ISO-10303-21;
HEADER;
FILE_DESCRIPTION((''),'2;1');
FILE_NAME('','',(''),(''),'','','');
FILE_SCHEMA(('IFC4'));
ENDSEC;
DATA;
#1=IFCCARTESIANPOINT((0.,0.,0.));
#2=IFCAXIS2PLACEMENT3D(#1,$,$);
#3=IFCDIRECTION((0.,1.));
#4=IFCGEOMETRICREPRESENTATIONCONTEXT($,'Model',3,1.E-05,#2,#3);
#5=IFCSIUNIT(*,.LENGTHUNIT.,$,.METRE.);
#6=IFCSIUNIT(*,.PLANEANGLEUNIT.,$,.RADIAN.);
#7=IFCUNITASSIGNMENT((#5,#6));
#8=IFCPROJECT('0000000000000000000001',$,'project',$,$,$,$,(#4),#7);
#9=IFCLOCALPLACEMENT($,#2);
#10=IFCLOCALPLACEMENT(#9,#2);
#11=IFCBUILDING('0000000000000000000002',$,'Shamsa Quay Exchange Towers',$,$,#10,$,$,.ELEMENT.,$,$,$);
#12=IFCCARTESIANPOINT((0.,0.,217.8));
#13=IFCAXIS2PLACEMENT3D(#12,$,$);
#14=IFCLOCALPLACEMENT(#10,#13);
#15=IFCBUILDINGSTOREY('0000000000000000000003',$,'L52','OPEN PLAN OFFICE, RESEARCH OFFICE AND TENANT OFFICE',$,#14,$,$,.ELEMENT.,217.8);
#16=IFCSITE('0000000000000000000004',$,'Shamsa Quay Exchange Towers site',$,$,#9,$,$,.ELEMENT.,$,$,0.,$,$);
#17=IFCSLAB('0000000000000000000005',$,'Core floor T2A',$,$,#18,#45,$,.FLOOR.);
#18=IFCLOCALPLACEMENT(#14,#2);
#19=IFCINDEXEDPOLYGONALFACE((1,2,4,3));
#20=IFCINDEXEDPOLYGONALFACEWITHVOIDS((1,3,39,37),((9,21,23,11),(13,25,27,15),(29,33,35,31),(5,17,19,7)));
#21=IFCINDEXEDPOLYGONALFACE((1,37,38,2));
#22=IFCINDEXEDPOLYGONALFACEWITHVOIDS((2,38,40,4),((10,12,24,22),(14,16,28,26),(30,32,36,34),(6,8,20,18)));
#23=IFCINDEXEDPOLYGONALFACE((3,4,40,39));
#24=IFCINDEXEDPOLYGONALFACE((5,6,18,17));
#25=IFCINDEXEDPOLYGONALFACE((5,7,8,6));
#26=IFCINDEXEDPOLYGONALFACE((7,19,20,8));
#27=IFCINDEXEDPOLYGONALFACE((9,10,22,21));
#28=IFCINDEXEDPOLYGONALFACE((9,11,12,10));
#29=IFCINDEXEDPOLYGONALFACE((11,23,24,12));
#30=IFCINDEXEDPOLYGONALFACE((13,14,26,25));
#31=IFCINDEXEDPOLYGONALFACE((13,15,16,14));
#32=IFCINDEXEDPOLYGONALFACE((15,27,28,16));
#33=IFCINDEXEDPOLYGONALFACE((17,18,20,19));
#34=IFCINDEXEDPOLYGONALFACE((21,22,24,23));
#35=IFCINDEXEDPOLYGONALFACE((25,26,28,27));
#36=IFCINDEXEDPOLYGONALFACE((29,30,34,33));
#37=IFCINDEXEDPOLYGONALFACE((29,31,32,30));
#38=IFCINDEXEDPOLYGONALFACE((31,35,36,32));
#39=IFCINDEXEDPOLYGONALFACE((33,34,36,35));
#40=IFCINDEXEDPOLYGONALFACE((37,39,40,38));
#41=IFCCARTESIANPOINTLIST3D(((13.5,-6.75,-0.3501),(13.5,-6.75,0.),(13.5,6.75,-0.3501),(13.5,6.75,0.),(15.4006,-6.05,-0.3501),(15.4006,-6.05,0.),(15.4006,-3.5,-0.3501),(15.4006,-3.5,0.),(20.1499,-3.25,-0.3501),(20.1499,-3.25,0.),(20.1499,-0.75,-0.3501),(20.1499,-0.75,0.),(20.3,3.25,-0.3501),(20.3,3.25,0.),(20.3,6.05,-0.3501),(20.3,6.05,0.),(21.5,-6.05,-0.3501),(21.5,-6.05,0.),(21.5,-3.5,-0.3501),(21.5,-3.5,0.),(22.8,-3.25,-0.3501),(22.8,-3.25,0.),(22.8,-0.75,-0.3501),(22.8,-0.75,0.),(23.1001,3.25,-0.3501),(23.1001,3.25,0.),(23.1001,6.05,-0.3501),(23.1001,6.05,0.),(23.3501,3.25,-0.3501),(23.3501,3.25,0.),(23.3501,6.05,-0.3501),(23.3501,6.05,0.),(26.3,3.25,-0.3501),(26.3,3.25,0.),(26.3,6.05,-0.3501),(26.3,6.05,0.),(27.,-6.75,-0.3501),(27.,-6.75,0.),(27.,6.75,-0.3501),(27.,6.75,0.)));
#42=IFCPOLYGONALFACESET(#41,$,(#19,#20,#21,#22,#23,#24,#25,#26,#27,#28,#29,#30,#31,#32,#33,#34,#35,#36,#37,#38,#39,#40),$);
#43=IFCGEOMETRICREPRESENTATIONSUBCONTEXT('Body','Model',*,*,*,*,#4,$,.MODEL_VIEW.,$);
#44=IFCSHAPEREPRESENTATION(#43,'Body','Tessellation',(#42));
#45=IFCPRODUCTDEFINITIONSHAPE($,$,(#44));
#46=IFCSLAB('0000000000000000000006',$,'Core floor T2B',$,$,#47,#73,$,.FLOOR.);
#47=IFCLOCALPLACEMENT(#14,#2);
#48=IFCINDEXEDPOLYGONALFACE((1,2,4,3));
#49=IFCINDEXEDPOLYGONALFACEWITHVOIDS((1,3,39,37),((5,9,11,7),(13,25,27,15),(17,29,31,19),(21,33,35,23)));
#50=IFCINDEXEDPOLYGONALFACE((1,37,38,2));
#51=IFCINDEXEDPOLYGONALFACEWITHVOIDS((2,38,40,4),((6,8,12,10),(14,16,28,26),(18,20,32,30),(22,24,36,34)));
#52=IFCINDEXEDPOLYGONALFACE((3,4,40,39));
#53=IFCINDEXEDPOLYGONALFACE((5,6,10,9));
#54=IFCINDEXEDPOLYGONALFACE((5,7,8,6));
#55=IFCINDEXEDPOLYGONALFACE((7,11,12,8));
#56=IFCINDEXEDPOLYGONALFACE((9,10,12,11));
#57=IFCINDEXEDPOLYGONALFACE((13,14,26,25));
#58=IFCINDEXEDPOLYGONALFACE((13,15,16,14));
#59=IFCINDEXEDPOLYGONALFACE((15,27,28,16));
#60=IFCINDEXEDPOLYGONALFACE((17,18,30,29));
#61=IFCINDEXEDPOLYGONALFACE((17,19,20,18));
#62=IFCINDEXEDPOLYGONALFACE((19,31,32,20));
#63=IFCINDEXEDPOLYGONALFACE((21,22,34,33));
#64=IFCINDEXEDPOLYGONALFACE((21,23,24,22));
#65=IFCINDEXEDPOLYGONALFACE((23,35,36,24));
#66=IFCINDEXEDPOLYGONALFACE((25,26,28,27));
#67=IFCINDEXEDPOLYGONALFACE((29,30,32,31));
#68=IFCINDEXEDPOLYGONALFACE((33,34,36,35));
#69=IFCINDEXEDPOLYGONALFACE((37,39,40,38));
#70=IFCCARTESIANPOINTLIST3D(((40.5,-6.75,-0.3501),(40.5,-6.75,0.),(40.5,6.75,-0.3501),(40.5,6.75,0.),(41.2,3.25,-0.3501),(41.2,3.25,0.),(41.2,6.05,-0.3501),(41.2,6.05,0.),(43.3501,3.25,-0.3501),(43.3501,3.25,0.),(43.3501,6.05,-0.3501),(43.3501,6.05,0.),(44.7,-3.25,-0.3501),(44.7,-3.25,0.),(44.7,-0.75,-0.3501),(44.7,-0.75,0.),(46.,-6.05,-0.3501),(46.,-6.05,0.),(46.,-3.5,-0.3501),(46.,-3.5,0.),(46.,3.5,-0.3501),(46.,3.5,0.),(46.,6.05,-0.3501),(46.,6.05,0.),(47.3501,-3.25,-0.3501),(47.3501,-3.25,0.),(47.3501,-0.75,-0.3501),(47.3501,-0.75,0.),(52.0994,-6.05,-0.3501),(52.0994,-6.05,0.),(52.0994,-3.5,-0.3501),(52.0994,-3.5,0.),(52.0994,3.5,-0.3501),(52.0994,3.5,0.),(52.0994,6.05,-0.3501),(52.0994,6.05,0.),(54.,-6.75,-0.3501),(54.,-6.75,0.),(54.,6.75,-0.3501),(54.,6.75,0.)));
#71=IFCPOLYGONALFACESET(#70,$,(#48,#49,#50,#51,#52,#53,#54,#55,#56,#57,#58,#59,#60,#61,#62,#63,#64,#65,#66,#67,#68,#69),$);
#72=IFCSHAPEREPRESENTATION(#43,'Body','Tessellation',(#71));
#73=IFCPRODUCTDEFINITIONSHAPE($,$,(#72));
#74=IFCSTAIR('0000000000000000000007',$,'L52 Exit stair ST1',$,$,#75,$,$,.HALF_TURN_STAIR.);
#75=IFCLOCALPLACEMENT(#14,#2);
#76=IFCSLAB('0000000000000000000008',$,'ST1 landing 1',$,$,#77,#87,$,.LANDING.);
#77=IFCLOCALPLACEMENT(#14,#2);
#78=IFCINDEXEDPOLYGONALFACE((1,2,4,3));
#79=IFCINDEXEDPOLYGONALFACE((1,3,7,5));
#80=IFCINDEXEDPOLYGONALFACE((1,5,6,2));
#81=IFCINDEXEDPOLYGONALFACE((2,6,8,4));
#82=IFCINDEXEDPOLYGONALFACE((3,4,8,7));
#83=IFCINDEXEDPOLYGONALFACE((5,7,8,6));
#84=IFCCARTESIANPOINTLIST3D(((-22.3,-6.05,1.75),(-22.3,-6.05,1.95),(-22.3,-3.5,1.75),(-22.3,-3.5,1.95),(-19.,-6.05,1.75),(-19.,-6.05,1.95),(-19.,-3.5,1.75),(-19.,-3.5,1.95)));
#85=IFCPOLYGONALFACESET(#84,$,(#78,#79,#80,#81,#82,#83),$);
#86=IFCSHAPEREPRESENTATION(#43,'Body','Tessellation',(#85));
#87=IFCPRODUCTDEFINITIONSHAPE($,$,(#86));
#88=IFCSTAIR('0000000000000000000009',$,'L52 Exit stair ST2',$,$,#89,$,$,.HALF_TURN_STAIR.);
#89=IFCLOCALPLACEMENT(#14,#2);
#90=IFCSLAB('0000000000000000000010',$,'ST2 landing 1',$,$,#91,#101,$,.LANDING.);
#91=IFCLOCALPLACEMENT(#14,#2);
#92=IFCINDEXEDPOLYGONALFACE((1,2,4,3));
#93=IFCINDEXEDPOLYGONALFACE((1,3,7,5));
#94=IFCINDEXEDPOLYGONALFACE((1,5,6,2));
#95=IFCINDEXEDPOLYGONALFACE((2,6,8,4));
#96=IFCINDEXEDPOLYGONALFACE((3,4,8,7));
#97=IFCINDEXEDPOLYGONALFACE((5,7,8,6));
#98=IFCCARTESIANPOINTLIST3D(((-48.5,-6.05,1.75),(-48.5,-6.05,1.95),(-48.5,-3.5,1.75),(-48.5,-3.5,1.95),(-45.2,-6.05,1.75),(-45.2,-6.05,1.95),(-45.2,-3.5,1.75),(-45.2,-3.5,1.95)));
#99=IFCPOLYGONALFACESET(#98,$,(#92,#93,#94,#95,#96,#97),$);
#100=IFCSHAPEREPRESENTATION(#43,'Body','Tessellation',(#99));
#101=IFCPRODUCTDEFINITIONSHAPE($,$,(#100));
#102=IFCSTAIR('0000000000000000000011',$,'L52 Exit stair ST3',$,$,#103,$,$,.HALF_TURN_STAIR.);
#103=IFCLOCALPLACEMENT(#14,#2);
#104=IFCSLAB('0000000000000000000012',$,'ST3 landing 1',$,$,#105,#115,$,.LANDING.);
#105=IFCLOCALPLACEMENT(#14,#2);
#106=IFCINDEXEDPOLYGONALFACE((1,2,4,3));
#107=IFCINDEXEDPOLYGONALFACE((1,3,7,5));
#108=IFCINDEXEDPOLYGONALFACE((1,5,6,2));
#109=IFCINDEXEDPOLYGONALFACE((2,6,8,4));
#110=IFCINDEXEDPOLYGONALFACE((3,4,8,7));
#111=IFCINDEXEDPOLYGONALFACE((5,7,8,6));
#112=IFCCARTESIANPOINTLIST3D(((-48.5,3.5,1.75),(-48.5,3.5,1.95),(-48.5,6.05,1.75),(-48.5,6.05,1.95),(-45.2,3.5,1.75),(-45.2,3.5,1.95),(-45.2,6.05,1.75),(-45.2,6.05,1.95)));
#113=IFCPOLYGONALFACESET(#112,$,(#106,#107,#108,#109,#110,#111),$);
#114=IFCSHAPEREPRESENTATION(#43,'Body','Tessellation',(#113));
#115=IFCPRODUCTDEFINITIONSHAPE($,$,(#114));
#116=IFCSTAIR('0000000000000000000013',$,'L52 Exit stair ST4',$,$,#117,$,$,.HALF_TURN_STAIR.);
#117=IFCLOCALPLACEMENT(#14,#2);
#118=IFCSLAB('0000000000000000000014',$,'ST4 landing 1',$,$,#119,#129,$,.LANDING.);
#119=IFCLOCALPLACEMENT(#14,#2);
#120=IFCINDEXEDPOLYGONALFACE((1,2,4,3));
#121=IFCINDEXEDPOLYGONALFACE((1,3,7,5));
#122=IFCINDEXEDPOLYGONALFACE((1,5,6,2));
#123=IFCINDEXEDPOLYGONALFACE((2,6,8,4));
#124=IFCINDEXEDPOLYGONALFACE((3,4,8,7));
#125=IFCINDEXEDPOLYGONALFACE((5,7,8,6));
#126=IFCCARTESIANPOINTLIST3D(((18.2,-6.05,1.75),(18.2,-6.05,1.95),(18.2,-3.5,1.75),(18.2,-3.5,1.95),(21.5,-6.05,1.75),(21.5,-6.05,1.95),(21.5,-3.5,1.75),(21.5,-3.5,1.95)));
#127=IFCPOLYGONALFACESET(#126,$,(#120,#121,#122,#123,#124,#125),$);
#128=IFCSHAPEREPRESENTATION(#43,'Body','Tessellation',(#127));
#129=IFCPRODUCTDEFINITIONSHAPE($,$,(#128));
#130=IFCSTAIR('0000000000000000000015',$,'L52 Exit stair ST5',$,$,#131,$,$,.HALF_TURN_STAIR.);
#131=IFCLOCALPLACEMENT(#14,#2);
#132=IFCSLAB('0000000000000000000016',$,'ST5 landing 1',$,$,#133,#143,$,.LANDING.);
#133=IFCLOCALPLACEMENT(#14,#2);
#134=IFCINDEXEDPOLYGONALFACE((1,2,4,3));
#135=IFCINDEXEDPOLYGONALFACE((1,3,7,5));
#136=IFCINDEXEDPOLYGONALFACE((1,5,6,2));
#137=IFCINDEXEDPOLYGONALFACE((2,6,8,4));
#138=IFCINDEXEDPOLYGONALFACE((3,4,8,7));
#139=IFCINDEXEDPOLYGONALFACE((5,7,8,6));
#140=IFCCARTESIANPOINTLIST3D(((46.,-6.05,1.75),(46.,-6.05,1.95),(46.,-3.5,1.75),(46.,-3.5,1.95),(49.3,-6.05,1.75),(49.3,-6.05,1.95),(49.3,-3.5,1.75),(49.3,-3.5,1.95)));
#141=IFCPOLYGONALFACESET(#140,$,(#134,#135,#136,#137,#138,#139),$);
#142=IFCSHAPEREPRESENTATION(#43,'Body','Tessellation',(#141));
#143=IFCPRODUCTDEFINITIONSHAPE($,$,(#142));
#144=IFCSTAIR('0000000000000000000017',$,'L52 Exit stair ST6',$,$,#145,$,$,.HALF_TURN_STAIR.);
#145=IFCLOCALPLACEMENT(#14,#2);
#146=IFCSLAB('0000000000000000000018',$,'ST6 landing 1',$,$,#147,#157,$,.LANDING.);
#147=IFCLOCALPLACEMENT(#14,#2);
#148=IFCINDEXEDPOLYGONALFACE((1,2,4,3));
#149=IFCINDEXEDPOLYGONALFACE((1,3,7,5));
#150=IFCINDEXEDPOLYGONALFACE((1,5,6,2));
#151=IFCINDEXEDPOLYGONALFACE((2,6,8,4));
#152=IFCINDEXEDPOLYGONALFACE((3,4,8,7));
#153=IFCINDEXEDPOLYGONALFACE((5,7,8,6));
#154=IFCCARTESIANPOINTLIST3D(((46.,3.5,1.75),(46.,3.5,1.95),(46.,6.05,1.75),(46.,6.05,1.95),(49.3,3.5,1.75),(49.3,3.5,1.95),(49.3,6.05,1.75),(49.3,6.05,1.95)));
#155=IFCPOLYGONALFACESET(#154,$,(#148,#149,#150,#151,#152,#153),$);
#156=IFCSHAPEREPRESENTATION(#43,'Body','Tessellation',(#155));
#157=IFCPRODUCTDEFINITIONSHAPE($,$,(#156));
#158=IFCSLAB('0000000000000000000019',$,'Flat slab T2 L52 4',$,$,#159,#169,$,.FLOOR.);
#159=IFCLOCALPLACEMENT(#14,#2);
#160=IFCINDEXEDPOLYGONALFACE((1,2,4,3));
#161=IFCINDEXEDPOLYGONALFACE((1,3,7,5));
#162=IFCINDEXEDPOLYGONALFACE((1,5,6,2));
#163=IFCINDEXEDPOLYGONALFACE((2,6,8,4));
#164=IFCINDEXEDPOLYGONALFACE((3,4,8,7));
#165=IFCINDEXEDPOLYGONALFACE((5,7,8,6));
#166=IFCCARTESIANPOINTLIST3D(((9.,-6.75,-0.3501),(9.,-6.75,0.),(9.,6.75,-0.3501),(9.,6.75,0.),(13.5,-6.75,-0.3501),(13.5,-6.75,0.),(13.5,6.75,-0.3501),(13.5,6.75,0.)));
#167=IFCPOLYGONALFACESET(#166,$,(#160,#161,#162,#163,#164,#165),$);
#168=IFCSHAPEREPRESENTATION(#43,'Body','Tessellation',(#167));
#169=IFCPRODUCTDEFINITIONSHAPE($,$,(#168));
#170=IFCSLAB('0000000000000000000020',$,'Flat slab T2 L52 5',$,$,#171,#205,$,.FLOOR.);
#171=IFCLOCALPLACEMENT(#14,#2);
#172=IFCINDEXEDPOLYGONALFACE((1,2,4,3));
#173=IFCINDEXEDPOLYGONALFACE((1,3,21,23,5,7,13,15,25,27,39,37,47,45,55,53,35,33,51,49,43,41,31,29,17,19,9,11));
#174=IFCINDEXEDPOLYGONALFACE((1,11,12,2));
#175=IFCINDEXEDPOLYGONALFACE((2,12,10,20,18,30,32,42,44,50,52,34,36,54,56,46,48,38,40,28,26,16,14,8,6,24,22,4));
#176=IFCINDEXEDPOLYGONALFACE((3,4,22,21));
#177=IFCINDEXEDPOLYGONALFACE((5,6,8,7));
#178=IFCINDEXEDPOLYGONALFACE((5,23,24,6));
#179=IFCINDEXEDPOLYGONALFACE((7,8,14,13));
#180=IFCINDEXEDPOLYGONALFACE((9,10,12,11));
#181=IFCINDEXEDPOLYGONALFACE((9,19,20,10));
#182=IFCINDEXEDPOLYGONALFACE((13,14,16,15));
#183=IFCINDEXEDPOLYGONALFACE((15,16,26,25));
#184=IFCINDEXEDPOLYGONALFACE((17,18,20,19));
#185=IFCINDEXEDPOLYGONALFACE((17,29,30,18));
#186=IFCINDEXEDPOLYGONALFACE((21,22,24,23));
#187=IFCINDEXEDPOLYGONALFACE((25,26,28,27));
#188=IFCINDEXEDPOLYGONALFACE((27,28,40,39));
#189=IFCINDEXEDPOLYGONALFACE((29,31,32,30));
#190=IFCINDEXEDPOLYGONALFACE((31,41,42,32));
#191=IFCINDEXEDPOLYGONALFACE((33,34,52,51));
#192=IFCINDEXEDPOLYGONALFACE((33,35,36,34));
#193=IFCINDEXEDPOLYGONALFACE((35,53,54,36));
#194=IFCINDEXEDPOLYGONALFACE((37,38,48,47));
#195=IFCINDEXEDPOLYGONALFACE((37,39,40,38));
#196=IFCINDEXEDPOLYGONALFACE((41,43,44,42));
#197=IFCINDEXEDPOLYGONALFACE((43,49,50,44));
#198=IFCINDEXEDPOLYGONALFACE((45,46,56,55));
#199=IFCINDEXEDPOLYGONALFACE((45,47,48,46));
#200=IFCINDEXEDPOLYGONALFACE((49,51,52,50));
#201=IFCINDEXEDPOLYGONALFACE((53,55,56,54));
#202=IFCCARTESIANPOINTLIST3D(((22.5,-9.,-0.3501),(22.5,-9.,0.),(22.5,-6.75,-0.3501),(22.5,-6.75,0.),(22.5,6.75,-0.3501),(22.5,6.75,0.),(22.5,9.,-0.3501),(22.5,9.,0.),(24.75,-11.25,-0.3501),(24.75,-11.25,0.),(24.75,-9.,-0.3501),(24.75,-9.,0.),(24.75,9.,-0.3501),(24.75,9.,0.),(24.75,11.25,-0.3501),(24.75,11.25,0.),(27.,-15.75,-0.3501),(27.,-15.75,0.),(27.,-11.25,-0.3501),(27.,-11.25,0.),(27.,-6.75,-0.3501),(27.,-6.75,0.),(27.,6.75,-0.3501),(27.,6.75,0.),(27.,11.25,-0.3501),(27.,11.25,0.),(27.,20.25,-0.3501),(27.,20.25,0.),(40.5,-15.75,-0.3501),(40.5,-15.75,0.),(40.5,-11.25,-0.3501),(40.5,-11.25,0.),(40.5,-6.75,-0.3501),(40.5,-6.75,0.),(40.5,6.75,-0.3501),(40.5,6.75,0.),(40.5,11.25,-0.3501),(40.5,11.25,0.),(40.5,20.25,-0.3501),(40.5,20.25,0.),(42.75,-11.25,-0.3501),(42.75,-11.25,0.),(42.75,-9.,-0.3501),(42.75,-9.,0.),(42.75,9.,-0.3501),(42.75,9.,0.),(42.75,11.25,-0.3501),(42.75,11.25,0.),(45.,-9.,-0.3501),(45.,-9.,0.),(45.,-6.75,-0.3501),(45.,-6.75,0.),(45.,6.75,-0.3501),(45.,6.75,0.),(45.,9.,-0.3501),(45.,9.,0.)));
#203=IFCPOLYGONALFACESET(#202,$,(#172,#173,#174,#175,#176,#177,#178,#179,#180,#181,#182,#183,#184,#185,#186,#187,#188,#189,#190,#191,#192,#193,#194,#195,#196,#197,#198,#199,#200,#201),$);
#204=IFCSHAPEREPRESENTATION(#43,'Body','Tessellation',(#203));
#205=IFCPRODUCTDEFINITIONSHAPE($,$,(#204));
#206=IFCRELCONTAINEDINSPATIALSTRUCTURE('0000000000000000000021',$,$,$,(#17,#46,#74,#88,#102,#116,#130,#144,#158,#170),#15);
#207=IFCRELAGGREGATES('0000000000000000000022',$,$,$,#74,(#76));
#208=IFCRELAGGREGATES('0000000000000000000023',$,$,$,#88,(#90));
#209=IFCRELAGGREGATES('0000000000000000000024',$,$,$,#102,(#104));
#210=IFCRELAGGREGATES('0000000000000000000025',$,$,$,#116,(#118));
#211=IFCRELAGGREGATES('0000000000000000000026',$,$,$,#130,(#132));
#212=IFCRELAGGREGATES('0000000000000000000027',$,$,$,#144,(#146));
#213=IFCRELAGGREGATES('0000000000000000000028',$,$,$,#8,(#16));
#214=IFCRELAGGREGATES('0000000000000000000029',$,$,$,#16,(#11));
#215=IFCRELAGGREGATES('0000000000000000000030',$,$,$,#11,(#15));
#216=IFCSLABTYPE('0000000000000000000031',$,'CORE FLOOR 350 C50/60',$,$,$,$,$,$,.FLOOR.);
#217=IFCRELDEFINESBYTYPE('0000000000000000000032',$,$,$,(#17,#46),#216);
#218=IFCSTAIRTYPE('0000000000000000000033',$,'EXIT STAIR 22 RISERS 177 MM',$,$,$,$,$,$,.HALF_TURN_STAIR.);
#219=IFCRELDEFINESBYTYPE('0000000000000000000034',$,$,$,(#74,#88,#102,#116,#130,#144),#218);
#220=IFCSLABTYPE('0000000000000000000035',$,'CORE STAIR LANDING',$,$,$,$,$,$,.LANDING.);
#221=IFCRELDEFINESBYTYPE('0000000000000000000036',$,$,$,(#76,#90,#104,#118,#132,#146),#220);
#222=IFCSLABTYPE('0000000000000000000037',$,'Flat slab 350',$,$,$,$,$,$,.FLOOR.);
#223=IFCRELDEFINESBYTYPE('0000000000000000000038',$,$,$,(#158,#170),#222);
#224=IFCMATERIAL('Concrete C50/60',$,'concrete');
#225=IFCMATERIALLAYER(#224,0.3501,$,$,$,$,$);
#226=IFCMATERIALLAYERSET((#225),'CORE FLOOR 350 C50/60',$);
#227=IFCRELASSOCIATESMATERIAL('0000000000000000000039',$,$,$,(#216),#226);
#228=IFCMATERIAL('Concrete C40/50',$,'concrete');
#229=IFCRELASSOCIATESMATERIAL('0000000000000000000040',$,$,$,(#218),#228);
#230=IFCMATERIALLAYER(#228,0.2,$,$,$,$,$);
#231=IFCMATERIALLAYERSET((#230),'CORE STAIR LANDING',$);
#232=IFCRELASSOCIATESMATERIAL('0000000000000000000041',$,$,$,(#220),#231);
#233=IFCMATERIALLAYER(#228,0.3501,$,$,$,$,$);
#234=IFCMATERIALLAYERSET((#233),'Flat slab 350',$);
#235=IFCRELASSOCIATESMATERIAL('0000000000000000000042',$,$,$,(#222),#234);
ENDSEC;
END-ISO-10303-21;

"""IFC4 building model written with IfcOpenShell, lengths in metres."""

from ifc_helpers import new_model, si_unit, direction, frame, origin, place, context, subcontext, project, spatial, polyline, outline, extrude, material, layer, layer_set, type_object, element, aggregate, save


model = new_model("IFC4")

# Units and contexts
model_context = context("Model", 3, precision=1e-05, world=origin(), true_north=direction((0.0, 1.0)))
body_context = subcontext(model_context, "Body", "Model", "MODEL_VIEW")
ifc_project = project(units=[si_unit("LENGTHUNIT", "METRE"), si_unit("PLANEANGLEUNIT", "RADIAN")], contexts=[model_context])

# Site, building, storey
site_placement = place(None, origin())
site = spatial("IfcSite", under=ifc_project, at=site_placement, Name="Shamsa Quay Exchange Towers site", CompositionType="ELEMENT", RefElevation=0.0)
building_placement = place(site_placement, origin())
building = spatial("IfcBuilding", under=site, at=building_placement, Name="Shamsa Quay Exchange Towers", CompositionType="ELEMENT")
storey_placement = place(building_placement, frame((0.0, 0.0, 217.8)))
storey = spatial("IfcBuildingStorey", under=building, at=storey_placement, Name="L52", Description="OPEN PLAN OFFICE, RESEARCH OFFICE AND TENANT OFFICE", CompositionType="ELEMENT", Elevation=217.8)

# Slabs
ifc_material_1 = material(Name="Concrete C50/60", Category="concrete")
ifc_layer_1 = layer(ifc_material_1, 0.3501)
ifc_layer_set_1 = layer_set([ifc_layer_1], Name="CORE FLOOR 350 C50/60")
slab_type_1 = type_object("IfcSlabType", Name="CORE FLOOR 350 C50/60", PredefinedType="FLOOR", material=ifc_layer_set_1)
slab_1_placement = place(storey_placement, frame((0.0, 0.0, -0.3501)))
element("IfcSlab", 1, at=slab_1_placement, inside=storey, type_object=slab_type_1, Name="Core floor T2A", PredefinedType="FLOOR", context=body_context, shape_type="SweptSolid", body=[
    extrude(outline(polyline([(13.5, -6.75), (27.0, -6.75), (27.0, 6.75), (13.5, 6.75), (13.5, -6.75)]), holes=[polyline([(15.4006, -6.05), (15.4006, -3.5), (21.5, -3.5), (21.5, -6.05), (15.4006, -6.05)]), polyline([(20.3, 3.25), (20.3, 6.05), (23.1001, 6.05), (23.1001, 3.25), (20.3, 3.25)]), polyline([(23.3501, 3.25), (23.3501, 6.05), (26.3, 6.05), (26.3, 3.25), (23.3501, 3.25)]), polyline([(20.1499, -3.25), (20.1499, -0.75), (22.8, -0.75), (22.8, -3.25), (20.1499, -3.25)])]), origin(), (0.0, 0.0, 1.0), 0.3501),
])
slab_2_placement = place(storey_placement, frame((0.0, 0.0, -0.3501)))
element("IfcSlab", 2, at=slab_2_placement, inside=storey, type_object=slab_type_1, Name="Core floor T2B", PredefinedType="FLOOR", context=body_context, shape_type="SweptSolid", body=[
    extrude(outline(polyline([(54.0, -6.75), (54.0, 6.75), (40.5, 6.75), (40.5, -6.75), (54.0, -6.75)]), holes=[polyline([(52.0994, -3.5), (52.0994, -6.05), (46.0, -6.05), (46.0, -3.5), (52.0994, -3.5)]), polyline([(52.0994, 6.05), (52.0994, 3.5), (46.0, 3.5), (46.0, 6.05), (52.0994, 6.05)]), polyline([(43.3501, 3.25), (41.2, 3.25), (41.2, 6.05), (43.3501, 6.05), (43.3501, 3.25)]), polyline([(47.3501, -3.25), (44.7, -3.25), (44.7, -0.75), (47.3501, -0.75), (47.3501, -3.25)])]), origin(), (0.0, 0.0, 1.0), 0.3501),
])

# Stairs, slabs
ifc_material_2 = material(Name="Concrete C40/50", Category="concrete")
stair_type = type_object("IfcStairType", Name="EXIT STAIR 22 RISERS 177 MM", PredefinedType="HALF_TURN_STAIR", material=ifc_material_2)
stair_1_placement = place(storey_placement, origin())
stair_1 = element("IfcStair", 3, at=stair_1_placement, inside=storey, type_object=stair_type, Name="L52 Exit stair ST1", PredefinedType="HALF_TURN_STAIR")
ifc_layer_2 = layer(ifc_material_2, 0.2)
ifc_layer_set_2 = layer_set([ifc_layer_2], Name="CORE STAIR LANDING")
slab_type_2 = type_object("IfcSlabType", Name="CORE STAIR LANDING", PredefinedType="LANDING", material=ifc_layer_set_2)
slab_3_placement = place(storey_placement, frame((0.0, 0.0, 1.75)))
slab_3 = element("IfcSlab", 4, at=slab_3_placement, type_object=slab_type_2, Name="ST1 landing 1", PredefinedType="LANDING", context=body_context, shape_type="SweptSolid", body=[
    extrude(outline(polyline([(-22.3, -6.05), (-19.0, -6.05), (-19.0, -3.5), (-22.3, -3.5), (-22.3, -6.05)])), origin(), (0.0, 0.0, 1.0), 0.2),
])
aggregate(stair_1, [slab_3])
stair_2_placement = place(storey_placement, origin())
stair_2 = element("IfcStair", 5, at=stair_2_placement, inside=storey, type_object=stair_type, Name="L52 Exit stair ST2", PredefinedType="HALF_TURN_STAIR")
slab_4_placement = place(storey_placement, frame((0.0, 0.0, 1.75)))
slab_4 = element("IfcSlab", 6, at=slab_4_placement, type_object=slab_type_2, Name="ST2 landing 1", PredefinedType="LANDING", context=body_context, shape_type="SweptSolid", body=[
    extrude(outline(polyline([(-45.2, -3.5), (-48.5, -3.5), (-48.5, -6.05), (-45.2, -6.05), (-45.2, -3.5)])), origin(), (0.0, 0.0, 1.0), 0.2),
])
aggregate(stair_2, [slab_4])
stair_3_placement = place(storey_placement, origin())
stair_3 = element("IfcStair", 7, at=stair_3_placement, inside=storey, type_object=stair_type, Name="L52 Exit stair ST3", PredefinedType="HALF_TURN_STAIR")
slab_5_placement = place(storey_placement, frame((0.0, 0.0, 1.75)))
slab_5 = element("IfcSlab", 8, at=slab_5_placement, type_object=slab_type_2, Name="ST3 landing 1", PredefinedType="LANDING", context=body_context, shape_type="SweptSolid", body=[
    extrude(outline(polyline([(-45.2, 6.05), (-48.5, 6.05), (-48.5, 3.5), (-45.2, 3.5), (-45.2, 6.05)])), origin(), (0.0, 0.0, 1.0), 0.2),
])
aggregate(stair_3, [slab_5])
stair_4_placement = place(storey_placement, origin())
stair_4 = element("IfcStair", 9, at=stair_4_placement, inside=storey, type_object=stair_type, Name="L52 Exit stair ST4", PredefinedType="HALF_TURN_STAIR")
slab_6_placement = place(storey_placement, frame((0.0, 0.0, 1.75)))
slab_6 = element("IfcSlab", 10, at=slab_6_placement, type_object=slab_type_2, Name="ST4 landing 1", PredefinedType="LANDING", context=body_context, shape_type="SweptSolid", body=[
    extrude(outline(polyline([(18.2, -6.05), (21.5, -6.05), (21.5, -3.5), (18.2, -3.5), (18.2, -6.05)])), origin(), (0.0, 0.0, 1.0), 0.2),
])
aggregate(stair_4, [slab_6])
stair_5_placement = place(storey_placement, origin())
stair_5 = element("IfcStair", 11, at=stair_5_placement, inside=storey, type_object=stair_type, Name="L52 Exit stair ST5", PredefinedType="HALF_TURN_STAIR")
slab_7_placement = place(storey_placement, frame((0.0, 0.0, 1.75)))
slab_7 = element("IfcSlab", 12, at=slab_7_placement, type_object=slab_type_2, Name="ST5 landing 1", PredefinedType="LANDING", context=body_context, shape_type="SweptSolid", body=[
    extrude(outline(polyline([(49.3, -3.5), (46.0, -3.5), (46.0, -6.05), (49.3, -6.05), (49.3, -3.5)])), origin(), (0.0, 0.0, 1.0), 0.2),
])
aggregate(stair_5, [slab_7])
stair_6_placement = place(storey_placement, origin())
stair_6 = element("IfcStair", 13, at=stair_6_placement, inside=storey, type_object=stair_type, Name="L52 Exit stair ST6", PredefinedType="HALF_TURN_STAIR")
slab_8_placement = place(storey_placement, frame((0.0, 0.0, 1.75)))
slab_8 = element("IfcSlab", 14, at=slab_8_placement, type_object=slab_type_2, Name="ST6 landing 1", PredefinedType="LANDING", context=body_context, shape_type="SweptSolid", body=[
    extrude(outline(polyline([(49.3, 6.05), (46.0, 6.05), (46.0, 3.5), (49.3, 3.5), (49.3, 6.05)])), origin(), (0.0, 0.0, 1.0), 0.2),
])
aggregate(stair_6, [slab_8])

# Slabs
ifc_layer_3 = layer(ifc_material_2, 0.3501)
ifc_layer_set_3 = layer_set([ifc_layer_3], Name="Flat slab 350")
slab_type_3 = type_object("IfcSlabType", Name="Flat slab 350", PredefinedType="FLOOR", material=ifc_layer_set_3)
slab_9_placement = place(storey_placement, frame((0.0, 0.0, -0.3501)))
element("IfcSlab", 15, at=slab_9_placement, inside=storey, type_object=slab_type_3, Name="Flat slab T2 L52 4", PredefinedType="FLOOR", context=body_context, shape_type="SweptSolid", body=[
    extrude(outline(polyline([(9.0, -6.75), (13.5, -6.75), (13.5, 6.75), (9.0, 6.75), (9.0, -6.75)])), origin(), (0.0, 0.0, 1.0), 0.3501),
])
slab_10_placement = place(storey_placement, frame((0.0, 0.0, -0.3501)))
element("IfcSlab", 16, at=slab_10_placement, inside=storey, type_object=slab_type_3, Name="Flat slab T2 L52 5", PredefinedType="FLOOR", context=body_context, shape_type="SweptSolid", body=[
    extrude(outline(polyline([(45.0, -9.0), (45.0, -6.75), (40.5, -6.75), (40.5, 6.75), (45.0, 6.75), (45.0, 9.0), (42.75, 9.0), (42.75, 11.25), (40.5, 11.25), (40.5, 20.25), (27.0, 20.25), (27.0, 11.25), (24.75, 11.25), (24.75, 9.0), (22.5, 9.0), (22.5, 6.75), (27.0, 6.75), (27.0, -6.75), (22.5, -6.75), (22.5, -9.0), (24.75, -9.0), (24.75, -11.25), (27.0, -11.25), (27.0, -15.75), (40.5, -15.75), (40.5, -11.25), (42.75, -11.25), (42.75, -9.0), (45.0, -9.0)])), origin(), (0.0, 0.0, 1.0), 0.3501),
])

save(model, "model.ifc")
